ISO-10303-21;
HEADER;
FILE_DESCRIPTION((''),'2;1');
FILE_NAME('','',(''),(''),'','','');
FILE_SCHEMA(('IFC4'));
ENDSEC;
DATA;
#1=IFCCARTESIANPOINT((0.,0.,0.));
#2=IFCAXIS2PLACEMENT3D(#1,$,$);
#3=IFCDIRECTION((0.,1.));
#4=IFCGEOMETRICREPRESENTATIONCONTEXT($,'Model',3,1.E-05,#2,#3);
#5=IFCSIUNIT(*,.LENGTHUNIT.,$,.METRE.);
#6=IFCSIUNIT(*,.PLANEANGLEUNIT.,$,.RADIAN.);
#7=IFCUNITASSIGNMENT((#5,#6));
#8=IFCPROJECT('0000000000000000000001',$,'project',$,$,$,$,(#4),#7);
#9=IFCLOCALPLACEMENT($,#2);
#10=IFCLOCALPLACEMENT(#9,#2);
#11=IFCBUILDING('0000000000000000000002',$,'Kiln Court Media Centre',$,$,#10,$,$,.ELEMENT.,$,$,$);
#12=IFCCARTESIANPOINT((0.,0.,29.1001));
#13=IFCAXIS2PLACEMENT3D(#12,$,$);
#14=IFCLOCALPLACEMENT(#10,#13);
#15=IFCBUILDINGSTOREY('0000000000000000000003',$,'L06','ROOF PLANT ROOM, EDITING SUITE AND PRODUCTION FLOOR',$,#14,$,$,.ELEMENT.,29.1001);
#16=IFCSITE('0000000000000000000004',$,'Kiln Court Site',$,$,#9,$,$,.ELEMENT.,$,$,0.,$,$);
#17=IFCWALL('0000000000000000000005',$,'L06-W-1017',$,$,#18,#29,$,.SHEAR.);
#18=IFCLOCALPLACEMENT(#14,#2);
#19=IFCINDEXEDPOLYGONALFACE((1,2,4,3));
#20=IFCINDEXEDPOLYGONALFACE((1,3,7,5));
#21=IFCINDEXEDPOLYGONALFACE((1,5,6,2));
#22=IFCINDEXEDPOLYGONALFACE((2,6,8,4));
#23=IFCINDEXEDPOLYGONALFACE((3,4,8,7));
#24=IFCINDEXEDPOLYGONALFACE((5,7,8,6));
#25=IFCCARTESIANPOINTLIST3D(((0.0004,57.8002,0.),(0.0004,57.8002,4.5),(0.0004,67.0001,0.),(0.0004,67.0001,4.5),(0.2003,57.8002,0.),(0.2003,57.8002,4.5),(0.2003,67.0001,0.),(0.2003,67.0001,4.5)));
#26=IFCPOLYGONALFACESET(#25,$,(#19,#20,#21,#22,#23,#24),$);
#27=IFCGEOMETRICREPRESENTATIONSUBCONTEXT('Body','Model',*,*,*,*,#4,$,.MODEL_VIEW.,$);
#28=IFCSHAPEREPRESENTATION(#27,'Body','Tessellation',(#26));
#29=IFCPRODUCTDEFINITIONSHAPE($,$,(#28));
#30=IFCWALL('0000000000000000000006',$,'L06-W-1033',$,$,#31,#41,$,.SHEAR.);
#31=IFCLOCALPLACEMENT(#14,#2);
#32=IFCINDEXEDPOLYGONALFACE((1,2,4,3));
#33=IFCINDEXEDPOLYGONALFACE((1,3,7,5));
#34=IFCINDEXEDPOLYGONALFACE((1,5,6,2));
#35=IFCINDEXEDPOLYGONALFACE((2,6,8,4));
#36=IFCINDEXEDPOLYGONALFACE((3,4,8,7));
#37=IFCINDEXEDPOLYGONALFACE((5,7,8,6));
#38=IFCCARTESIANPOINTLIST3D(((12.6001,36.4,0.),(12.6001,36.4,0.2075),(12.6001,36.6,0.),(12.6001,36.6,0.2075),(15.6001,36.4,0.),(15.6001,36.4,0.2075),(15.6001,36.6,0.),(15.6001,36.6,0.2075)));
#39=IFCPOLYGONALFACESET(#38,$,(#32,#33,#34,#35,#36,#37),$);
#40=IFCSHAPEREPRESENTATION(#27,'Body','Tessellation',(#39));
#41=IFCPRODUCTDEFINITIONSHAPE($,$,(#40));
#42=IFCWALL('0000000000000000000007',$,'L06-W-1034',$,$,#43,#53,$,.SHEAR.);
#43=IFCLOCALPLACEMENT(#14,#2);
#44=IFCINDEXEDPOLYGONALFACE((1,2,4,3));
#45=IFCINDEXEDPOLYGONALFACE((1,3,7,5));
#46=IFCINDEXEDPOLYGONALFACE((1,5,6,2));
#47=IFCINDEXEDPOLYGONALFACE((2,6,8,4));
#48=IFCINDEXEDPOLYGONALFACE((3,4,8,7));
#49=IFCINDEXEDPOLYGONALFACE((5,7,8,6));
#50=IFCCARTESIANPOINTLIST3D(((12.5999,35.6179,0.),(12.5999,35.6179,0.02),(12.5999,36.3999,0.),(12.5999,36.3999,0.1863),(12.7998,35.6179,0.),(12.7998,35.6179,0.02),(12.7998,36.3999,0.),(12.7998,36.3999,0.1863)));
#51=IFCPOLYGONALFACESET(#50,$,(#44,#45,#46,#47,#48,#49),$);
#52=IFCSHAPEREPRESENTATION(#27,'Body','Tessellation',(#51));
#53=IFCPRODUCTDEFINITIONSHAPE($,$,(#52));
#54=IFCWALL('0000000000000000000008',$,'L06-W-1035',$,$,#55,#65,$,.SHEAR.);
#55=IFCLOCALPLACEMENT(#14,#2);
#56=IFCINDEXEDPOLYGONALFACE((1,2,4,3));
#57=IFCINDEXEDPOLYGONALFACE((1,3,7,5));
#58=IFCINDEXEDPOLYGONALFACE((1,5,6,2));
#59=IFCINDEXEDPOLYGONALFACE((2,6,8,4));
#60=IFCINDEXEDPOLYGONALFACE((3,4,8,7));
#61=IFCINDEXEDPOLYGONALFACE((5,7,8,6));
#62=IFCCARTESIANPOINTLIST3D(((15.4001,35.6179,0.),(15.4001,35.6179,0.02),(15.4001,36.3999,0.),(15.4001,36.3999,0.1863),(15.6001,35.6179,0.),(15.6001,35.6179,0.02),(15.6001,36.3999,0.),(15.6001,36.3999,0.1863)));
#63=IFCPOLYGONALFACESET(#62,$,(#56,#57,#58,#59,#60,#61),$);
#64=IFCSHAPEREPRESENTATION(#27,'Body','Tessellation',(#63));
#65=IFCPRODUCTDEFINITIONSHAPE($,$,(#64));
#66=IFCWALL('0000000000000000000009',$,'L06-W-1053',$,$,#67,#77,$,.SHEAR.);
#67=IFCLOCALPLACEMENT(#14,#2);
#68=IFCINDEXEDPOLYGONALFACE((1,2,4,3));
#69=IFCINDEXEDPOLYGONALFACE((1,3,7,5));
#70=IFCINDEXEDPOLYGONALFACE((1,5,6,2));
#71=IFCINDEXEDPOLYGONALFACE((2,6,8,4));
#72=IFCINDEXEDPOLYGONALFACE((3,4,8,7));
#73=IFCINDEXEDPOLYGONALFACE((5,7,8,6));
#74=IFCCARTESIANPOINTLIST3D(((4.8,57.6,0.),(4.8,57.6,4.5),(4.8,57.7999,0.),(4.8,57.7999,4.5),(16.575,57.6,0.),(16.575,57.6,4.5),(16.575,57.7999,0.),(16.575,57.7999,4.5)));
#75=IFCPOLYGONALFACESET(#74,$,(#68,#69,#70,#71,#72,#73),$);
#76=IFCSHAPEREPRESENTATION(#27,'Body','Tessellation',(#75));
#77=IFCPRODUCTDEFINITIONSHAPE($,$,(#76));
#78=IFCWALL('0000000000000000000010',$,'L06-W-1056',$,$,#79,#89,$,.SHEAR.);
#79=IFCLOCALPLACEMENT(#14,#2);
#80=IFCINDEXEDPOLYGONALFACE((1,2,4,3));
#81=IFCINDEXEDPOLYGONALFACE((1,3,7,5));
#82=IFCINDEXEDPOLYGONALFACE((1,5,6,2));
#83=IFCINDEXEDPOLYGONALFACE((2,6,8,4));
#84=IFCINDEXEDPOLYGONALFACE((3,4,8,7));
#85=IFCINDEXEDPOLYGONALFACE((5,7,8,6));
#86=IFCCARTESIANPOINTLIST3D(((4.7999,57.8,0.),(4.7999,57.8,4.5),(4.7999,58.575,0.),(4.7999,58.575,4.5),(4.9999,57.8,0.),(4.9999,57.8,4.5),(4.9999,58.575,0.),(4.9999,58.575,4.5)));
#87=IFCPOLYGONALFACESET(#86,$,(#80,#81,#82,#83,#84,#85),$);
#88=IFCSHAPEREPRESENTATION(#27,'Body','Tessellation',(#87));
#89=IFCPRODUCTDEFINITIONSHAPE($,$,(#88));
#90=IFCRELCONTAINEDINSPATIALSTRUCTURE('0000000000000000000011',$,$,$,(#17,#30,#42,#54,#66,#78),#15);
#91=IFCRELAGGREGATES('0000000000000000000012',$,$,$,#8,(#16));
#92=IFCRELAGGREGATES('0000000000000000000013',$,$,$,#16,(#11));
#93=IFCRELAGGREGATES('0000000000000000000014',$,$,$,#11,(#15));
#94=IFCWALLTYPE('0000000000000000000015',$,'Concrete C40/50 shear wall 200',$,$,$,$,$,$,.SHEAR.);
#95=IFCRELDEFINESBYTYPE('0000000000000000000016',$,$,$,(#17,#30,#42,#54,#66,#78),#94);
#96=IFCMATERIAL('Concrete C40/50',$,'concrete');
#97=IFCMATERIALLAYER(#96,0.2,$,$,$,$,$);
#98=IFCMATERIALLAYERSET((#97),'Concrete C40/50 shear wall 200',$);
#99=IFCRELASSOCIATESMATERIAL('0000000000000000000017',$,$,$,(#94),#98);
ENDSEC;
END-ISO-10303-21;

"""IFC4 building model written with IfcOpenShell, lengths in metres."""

from ifc_helpers import new_model, si_unit, direction, frame, frame_2d, origin, place, context, subcontext, project, spatial, polyline, rectangle, outline, extrude, material, layer, layer_set, type_object, element, save


model = new_model("IFC4")

# Units and contexts
model_context = context("Model", 3, precision=1e-05, world=origin(), true_north=direction((0.0, 1.0)))
body_context = subcontext(model_context, "Body", "Model", "MODEL_VIEW")
ifc_project = project(units=[si_unit("LENGTHUNIT", "METRE"), si_unit("PLANEANGLEUNIT", "RADIAN")], contexts=[model_context])

# Site, building, storey
site_placement = place(None, origin())
site = spatial("IfcSite", under=ifc_project, at=site_placement, Name="Kiln Court Site", CompositionType="ELEMENT", RefElevation=0.0)
building_placement = place(site_placement, origin())
building = spatial("IfcBuilding", under=site, at=building_placement, Name="Kiln Court Media Centre", CompositionType="ELEMENT")
storey_placement = place(building_placement, frame((0.0, 0.0, 29.1001)))
storey = spatial("IfcBuildingStorey", under=building, at=storey_placement, Name="L06", Description="ROOF PLANT ROOM, EDITING SUITE AND PRODUCTION FLOOR", CompositionType="ELEMENT", Elevation=29.1001)

# Walls
ifc_material_1 = material(Name="Concrete C40/50", Category="concrete")
ifc_layer_1 = layer(ifc_material_1, 0.2)
ifc_layer_set_1 = layer_set([ifc_layer_1], Name="Concrete C40/50 shear wall 200")
wall_type_1 = type_object("IfcWallType", Name="Concrete C40/50 shear wall 200", PredefinedType="SHEAR", material=ifc_layer_set_1)
wall_1_placement = place(storey_placement, frame((0.1003, 57.8, 0.0), z_axis=(0.0, 0.0, 1.0), x_axis=(0.0, 1.0, 0.0)))
element("IfcWall", 1, at=wall_1_placement, inside=storey, type_object=wall_type_1, Name="L06-W-1017", PredefinedType="SHEAR", context=body_context, shape_type="SweptSolid", body=[
    extrude(rectangle(XDim=9.2, YDim=0.2, at=frame_2d((4.6001, 0.0))), origin(), (0.0, 0.0, 1.0), 4.5),
])
wall_2_placement = place(storey_placement, frame((12.6001, 36.5, 0.0), z_axis=(0.0, 0.0, 1.0), x_axis=(1.0, 0.0, 0.0)))
element("IfcWall", 2, at=wall_2_placement, inside=storey, type_object=wall_type_1, Name="L06-W-1033", PredefinedType="SHEAR", context=body_context, shape_type="SweptSolid", body=[
    extrude(rectangle(XDim=3.0, YDim=0.2, at=frame_2d((1.5, 0.0))), origin(), (0.0, 0.0, 1.0), 0.2075),
])
wall_3_placement = place(storey_placement, frame((12.7, 35.6179, 0.0), z_axis=(0.0, 0.0, 1.0), x_axis=(0.0, 1.0, 0.0)))
element("IfcWall", 3, at=wall_3_placement, inside=storey, type_object=wall_type_1, Name="L06-W-1034", PredefinedType="SHEAR", context=body_context, shape_type="SweptSolid", body=[
    extrude(outline(polyline([(0.0, 0.0), (0.782, 0.0), (0.782, 0.1863), (0.0, 0.02), (0.0, 0.0)])), frame((0.0, 0.1001, 0.0), z_axis=(0.0, -1.0, 0.0), x_axis=(1.0, 0.0, 0.0)), (0.0, 0.0, 1.0), 0.2),
])
wall_4_placement = place(storey_placement, frame((15.5, 36.3999, 0.0), z_axis=(0.0, 0.0, 1.0), x_axis=(0.0, -1.0, 0.0)))
element("IfcWall", 4, at=wall_4_placement, inside=storey, type_object=wall_type_1, Name="L06-W-1035", PredefinedType="SHEAR", context=body_context, shape_type="SweptSolid", body=[
    extrude(outline(polyline([(0.0, 0.0), (0.782, 0.0), (0.782, 0.02), (0.0, 0.1863), (0.0, 0.0)])), frame((0.0, 0.1001, 0.0), z_axis=(0.0, -1.0, 0.0), x_axis=(1.0, 0.0, 0.0)), (0.0, 0.0, 1.0), 0.2),
])
wall_5_placement = place(storey_placement, frame((16.575, 57.7, 0.0), z_axis=(0.0, 0.0, 1.0), x_axis=(-1.0, 0.0, 0.0)))
element("IfcWall", 5, at=wall_5_placement, inside=storey, type_object=wall_type_1, Name="L06-W-1053", PredefinedType="SHEAR", context=body_context, shape_type="SweptSolid", body=[
    extrude(rectangle(XDim=11.7749, YDim=0.2, at=frame_2d((5.8875, 0.0))), origin(), (0.0, 0.0, 1.0), 4.5),
])
wall_6_placement = place(storey_placement, frame((4.8999, 57.8, 0.0), z_axis=(0.0, 0.0, 1.0), x_axis=(0.0, 1.0, 0.0)))
element("IfcWall", 6, at=wall_6_placement, inside=storey, type_object=wall_type_1, Name="L06-W-1056", PredefinedType="SHEAR", context=body_context, shape_type="SweptSolid", body=[
    extrude(rectangle(XDim=0.7749, YDim=0.2, at=frame_2d((0.3875, 0.0))), origin(), (0.0, 0.0, 1.0), 4.5),
])

save(model, "model.ifc")
